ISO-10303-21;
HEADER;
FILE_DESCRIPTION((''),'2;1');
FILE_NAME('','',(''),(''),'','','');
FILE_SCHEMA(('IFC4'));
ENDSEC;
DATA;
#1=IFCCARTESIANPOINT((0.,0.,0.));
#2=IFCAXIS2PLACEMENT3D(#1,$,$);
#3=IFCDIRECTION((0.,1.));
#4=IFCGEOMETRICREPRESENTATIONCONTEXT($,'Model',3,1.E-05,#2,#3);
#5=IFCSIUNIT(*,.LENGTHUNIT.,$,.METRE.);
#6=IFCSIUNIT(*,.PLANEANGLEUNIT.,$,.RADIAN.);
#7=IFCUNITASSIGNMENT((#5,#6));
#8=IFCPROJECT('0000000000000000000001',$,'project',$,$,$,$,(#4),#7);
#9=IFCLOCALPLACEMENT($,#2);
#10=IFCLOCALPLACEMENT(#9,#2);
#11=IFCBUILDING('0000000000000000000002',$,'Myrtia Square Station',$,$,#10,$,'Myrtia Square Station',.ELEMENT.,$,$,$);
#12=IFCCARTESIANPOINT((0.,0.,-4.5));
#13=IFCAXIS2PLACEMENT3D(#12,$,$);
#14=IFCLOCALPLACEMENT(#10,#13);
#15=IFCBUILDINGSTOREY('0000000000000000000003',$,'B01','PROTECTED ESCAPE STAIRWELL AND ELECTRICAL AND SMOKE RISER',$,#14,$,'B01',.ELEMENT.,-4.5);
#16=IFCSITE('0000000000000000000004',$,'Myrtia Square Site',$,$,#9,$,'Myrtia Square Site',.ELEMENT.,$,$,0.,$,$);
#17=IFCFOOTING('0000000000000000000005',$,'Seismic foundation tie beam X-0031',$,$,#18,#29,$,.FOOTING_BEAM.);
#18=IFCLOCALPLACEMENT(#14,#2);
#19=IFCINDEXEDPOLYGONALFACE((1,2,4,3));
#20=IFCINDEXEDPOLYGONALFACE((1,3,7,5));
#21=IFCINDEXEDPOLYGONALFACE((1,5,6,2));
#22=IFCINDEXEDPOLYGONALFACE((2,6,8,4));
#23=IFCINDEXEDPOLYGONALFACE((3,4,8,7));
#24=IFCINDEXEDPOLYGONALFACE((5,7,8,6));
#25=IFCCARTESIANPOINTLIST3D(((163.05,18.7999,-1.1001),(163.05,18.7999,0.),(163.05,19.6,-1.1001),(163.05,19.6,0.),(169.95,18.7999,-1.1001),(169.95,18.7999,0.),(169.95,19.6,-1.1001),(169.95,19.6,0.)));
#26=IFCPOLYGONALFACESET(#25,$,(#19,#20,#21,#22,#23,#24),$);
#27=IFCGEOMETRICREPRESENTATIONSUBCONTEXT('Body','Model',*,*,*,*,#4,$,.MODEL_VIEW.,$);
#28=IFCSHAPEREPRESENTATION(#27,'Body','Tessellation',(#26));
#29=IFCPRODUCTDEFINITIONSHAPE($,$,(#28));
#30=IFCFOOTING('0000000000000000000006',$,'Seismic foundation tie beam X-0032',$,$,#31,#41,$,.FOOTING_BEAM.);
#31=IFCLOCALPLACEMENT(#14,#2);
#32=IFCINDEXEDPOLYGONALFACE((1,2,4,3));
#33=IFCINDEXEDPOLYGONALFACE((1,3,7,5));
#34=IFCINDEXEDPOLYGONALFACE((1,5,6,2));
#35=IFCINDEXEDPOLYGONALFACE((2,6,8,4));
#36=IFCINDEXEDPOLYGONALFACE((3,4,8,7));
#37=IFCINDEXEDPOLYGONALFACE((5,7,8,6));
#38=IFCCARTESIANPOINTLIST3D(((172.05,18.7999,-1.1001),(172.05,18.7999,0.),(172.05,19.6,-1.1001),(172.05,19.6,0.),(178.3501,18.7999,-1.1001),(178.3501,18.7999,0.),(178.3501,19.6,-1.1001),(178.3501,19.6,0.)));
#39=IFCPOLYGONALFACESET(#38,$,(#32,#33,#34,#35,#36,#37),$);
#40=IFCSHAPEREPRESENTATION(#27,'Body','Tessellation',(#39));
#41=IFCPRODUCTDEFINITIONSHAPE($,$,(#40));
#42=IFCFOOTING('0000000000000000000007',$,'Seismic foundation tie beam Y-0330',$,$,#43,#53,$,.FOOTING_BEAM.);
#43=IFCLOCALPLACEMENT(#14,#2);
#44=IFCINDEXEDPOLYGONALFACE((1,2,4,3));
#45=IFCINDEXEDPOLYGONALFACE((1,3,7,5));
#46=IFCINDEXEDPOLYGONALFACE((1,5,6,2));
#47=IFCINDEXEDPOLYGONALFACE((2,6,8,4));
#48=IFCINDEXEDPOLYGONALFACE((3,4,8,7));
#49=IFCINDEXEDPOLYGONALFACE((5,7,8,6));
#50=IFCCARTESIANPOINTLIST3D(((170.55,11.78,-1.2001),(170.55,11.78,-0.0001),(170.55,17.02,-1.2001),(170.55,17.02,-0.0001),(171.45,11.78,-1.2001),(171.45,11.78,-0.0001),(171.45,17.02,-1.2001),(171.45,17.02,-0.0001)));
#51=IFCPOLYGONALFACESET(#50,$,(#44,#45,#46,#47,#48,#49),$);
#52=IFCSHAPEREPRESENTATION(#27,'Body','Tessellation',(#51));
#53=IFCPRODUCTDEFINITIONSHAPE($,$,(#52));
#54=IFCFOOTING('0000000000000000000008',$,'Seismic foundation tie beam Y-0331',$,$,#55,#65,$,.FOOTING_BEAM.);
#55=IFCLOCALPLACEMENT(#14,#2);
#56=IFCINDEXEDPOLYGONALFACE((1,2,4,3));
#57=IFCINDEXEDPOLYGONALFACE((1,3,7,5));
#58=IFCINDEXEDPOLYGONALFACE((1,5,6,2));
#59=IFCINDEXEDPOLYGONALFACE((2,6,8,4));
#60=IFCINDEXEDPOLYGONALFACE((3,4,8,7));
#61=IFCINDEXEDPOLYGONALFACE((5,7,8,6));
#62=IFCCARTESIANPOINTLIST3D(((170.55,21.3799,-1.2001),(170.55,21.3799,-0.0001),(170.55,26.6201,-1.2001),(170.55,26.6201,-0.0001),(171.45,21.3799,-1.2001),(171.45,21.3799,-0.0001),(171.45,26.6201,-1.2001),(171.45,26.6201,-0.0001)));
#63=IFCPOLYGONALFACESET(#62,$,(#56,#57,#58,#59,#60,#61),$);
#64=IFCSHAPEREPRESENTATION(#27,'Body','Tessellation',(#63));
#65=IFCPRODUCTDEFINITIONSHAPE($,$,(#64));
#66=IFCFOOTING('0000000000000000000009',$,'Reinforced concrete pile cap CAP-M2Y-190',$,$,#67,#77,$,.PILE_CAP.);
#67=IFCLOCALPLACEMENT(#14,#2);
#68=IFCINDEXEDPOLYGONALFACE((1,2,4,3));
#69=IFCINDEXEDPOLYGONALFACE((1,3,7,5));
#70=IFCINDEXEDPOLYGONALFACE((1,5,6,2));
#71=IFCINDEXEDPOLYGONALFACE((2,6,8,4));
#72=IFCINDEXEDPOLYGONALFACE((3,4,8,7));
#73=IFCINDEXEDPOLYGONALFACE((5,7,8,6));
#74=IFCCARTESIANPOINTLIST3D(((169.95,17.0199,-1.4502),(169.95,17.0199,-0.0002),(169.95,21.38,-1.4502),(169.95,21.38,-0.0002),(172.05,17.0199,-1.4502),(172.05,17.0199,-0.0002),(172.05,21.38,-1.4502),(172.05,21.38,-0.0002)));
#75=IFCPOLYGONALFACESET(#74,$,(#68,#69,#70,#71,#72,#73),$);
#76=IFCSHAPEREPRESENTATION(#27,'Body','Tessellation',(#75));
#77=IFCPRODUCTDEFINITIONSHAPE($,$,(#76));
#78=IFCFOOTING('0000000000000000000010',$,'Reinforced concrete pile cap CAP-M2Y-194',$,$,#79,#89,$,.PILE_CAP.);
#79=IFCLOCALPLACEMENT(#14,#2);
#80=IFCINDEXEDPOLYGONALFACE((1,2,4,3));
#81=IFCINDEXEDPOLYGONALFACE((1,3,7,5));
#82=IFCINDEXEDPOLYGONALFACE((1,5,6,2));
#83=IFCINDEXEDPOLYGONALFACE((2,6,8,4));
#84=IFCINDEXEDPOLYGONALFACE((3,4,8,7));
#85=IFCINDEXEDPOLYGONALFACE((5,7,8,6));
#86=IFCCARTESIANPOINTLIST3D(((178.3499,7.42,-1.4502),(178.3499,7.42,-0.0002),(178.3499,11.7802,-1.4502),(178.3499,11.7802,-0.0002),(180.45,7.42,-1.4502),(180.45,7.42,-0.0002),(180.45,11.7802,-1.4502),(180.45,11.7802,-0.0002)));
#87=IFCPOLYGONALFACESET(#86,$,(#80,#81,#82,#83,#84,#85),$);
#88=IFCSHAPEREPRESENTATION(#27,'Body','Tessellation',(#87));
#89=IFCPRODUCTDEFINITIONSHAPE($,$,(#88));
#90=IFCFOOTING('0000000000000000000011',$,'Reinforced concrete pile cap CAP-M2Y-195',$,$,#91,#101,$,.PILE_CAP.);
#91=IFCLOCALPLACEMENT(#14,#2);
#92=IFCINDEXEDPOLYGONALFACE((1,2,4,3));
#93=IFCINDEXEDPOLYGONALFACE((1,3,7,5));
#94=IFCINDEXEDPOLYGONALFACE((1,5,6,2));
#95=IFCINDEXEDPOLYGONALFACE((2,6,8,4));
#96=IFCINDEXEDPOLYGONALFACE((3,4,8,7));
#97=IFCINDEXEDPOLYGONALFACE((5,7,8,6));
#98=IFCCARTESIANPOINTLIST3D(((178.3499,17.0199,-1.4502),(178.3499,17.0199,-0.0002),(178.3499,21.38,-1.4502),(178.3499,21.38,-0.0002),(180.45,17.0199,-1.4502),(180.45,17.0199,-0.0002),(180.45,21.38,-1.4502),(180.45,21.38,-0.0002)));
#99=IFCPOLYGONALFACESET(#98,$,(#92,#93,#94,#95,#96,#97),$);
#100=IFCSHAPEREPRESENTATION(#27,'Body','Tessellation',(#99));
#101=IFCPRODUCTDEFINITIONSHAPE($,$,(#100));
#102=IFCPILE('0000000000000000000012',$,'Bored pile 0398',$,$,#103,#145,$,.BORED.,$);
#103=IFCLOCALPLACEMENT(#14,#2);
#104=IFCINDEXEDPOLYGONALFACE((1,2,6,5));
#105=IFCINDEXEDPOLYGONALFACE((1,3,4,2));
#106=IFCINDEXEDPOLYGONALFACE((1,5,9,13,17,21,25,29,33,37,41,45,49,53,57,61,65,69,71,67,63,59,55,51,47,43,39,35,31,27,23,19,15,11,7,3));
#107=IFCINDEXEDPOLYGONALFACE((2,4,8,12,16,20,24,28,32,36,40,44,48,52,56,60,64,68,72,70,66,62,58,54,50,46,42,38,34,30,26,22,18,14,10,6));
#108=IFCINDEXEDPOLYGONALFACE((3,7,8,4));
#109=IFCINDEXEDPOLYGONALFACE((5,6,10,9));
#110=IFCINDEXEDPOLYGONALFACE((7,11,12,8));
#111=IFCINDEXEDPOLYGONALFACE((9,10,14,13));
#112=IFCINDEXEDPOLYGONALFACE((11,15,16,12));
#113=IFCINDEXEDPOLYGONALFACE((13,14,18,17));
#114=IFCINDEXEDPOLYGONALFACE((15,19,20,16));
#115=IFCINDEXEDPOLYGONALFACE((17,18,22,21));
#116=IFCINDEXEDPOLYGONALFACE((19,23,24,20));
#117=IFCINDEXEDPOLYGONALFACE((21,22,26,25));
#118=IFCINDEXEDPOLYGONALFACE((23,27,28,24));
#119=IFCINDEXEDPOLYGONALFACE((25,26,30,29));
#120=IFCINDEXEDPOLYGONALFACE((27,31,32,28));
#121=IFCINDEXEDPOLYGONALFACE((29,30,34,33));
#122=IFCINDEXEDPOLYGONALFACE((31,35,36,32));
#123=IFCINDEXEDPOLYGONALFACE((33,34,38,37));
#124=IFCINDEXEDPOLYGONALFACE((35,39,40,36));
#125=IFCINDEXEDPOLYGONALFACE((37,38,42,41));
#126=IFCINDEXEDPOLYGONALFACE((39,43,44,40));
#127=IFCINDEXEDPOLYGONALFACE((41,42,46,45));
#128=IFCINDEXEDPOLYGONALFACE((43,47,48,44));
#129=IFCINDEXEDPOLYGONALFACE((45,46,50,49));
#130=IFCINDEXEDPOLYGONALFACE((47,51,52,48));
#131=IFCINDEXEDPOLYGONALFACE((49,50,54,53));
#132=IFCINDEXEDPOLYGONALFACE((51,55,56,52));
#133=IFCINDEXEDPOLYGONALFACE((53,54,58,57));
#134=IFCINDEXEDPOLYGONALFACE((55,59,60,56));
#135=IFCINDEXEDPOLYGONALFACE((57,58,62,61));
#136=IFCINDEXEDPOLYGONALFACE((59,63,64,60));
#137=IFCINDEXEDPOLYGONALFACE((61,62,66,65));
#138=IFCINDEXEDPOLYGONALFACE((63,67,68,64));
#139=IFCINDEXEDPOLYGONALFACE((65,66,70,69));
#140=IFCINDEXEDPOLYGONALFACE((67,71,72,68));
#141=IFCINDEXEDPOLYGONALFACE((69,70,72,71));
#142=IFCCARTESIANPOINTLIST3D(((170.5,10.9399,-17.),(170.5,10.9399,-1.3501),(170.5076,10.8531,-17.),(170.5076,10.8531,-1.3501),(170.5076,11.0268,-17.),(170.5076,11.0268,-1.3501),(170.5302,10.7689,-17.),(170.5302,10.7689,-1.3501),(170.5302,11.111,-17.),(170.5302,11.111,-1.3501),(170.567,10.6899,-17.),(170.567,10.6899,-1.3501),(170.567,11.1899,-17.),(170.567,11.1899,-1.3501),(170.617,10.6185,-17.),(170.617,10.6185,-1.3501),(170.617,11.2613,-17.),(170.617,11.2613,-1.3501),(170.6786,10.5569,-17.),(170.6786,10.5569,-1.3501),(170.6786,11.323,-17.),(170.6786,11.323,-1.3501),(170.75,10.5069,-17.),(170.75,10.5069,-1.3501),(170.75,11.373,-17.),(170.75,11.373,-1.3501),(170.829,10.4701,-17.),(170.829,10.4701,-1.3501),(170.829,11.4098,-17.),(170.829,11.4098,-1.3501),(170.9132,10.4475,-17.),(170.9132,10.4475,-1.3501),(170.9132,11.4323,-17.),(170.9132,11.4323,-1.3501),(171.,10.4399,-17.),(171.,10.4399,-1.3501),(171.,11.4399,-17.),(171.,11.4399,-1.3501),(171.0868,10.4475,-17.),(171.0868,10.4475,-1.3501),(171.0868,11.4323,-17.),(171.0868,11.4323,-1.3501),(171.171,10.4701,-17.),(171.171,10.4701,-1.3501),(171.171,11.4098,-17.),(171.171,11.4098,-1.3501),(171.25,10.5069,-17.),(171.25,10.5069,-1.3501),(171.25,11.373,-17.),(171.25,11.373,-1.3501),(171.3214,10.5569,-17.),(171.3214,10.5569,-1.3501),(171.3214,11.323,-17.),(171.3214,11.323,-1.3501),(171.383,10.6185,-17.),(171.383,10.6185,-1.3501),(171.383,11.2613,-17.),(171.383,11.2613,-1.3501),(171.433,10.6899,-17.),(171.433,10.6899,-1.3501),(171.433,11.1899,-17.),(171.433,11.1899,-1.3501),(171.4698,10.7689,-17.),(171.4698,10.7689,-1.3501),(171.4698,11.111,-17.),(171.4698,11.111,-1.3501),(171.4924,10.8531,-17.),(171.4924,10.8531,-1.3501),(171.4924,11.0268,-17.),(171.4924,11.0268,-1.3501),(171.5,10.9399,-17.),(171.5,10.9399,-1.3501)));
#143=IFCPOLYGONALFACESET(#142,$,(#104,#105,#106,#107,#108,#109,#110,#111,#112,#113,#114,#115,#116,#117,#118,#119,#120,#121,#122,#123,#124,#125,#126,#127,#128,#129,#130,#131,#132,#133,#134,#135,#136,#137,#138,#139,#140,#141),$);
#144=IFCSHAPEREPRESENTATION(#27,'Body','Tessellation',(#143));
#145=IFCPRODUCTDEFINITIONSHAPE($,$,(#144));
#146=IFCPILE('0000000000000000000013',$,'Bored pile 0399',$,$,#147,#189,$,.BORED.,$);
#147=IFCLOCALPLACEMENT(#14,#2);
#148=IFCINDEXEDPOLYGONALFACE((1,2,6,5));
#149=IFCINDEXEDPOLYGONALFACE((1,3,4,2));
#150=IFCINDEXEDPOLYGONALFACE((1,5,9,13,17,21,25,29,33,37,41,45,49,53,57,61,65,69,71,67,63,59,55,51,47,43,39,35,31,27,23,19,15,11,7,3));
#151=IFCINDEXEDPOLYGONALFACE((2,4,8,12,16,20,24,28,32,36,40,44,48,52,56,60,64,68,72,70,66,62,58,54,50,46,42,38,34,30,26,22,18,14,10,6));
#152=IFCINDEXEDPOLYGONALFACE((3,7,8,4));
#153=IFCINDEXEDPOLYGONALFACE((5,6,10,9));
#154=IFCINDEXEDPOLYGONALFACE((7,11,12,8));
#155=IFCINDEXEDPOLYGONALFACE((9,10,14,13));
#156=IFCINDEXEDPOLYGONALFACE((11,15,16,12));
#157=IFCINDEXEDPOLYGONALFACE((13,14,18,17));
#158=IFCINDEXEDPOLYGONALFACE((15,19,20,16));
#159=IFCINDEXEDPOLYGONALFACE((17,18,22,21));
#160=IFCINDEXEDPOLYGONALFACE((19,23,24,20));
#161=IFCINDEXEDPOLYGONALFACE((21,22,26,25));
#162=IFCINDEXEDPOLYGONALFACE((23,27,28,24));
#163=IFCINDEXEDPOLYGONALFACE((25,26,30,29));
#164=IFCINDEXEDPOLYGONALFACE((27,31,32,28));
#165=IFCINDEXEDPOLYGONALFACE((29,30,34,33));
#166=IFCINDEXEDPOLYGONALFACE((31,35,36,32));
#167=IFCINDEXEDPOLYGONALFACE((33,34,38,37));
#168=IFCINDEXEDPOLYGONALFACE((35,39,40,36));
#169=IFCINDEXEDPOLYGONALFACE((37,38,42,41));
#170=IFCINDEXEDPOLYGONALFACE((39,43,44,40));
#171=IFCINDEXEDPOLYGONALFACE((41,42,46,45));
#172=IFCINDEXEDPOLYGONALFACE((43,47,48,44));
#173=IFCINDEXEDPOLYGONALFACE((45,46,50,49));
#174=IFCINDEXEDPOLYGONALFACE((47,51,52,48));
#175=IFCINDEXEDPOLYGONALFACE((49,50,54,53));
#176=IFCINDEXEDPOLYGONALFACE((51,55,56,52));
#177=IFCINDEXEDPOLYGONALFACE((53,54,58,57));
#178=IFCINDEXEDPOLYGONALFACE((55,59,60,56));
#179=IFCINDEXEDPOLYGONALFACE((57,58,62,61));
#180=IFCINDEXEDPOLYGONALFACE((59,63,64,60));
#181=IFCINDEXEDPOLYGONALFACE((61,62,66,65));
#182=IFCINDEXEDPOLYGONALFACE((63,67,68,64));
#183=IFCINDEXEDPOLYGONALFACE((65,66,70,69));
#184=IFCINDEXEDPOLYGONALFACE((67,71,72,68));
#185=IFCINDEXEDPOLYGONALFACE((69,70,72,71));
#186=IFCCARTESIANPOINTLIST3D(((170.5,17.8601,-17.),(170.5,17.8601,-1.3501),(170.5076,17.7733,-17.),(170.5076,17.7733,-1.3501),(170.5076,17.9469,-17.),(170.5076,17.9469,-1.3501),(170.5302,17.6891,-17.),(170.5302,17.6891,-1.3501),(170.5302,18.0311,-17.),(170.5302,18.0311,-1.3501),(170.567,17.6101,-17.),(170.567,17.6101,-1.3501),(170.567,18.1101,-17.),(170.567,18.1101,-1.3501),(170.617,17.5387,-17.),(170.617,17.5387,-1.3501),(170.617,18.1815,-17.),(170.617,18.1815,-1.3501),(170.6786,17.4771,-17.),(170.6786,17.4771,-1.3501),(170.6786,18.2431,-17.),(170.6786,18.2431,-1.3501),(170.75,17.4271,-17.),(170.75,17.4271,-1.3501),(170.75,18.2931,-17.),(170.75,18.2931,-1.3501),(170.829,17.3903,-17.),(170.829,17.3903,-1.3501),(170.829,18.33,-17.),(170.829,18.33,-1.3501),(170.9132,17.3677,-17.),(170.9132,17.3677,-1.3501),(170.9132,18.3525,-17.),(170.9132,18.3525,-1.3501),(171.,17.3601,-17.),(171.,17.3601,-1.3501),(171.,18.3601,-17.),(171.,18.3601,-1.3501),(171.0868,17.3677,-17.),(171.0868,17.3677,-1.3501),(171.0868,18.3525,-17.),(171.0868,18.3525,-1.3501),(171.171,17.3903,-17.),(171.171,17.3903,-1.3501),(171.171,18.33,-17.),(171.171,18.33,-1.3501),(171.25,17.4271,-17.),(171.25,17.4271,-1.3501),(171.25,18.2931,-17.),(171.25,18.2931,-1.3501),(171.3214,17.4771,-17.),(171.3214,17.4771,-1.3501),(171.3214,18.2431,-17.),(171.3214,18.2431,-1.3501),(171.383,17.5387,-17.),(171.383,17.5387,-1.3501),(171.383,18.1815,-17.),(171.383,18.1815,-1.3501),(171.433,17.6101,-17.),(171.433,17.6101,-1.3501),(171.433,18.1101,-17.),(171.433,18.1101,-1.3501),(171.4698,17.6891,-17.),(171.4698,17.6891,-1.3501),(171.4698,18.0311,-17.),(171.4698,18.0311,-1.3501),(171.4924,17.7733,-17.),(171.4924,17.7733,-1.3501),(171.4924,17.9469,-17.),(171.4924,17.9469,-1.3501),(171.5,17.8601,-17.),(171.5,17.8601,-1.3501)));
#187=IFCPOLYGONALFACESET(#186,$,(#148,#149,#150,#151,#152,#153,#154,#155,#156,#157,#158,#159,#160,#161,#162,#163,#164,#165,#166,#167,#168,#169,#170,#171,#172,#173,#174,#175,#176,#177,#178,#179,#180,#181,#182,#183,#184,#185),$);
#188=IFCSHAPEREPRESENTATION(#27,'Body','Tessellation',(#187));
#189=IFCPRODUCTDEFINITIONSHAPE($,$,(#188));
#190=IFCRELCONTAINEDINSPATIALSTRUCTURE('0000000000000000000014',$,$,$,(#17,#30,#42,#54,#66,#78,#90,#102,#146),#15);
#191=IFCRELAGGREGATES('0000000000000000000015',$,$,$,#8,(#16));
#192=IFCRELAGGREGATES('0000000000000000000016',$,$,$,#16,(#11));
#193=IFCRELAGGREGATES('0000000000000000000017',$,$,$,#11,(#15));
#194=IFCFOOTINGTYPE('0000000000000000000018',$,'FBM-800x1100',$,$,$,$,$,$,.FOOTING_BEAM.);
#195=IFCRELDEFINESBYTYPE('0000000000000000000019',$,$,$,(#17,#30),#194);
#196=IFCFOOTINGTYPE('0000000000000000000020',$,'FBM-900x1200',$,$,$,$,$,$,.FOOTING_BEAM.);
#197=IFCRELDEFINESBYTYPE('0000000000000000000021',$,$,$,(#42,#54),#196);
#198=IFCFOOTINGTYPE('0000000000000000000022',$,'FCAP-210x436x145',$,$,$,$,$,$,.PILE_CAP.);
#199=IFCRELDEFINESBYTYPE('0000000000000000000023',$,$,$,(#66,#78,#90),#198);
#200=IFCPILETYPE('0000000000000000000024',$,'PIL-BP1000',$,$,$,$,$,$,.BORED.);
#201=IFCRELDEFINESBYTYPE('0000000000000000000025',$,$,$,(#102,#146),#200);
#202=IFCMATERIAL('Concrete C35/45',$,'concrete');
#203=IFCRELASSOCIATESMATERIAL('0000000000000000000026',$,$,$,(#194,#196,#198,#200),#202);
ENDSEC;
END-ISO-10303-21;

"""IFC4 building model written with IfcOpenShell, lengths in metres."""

from ifc_helpers import new_model, si_unit, direction, frame, origin, origin_2d, place, context, subcontext, project, spatial, rectangle, circle, extrude, material, material_profile, profile_set, type_object, element, save


model = new_model("IFC4")

# Units and contexts
model_context = context("Model", 3, precision=1e-05, world=origin(), true_north=direction((0.0, 1.0)))
body_context = subcontext(model_context, "Body", "Model", "MODEL_VIEW")
ifc_project = project(units=[si_unit("LENGTHUNIT", "METRE"), si_unit("PLANEANGLEUNIT", "RADIAN")], contexts=[model_context])

# Site, building, storey
site_placement = place(None, origin())
site = spatial("IfcSite", under=ifc_project, at=site_placement, Name="Myrtia Square Site", LongName="Myrtia Square Site", CompositionType="ELEMENT", RefElevation=0.0)
building_placement = place(site_placement, origin())
building = spatial("IfcBuilding", under=site, at=building_placement, Name="Myrtia Square Station", LongName="Myrtia Square Station", CompositionType="ELEMENT")
storey_placement = place(building_placement, frame((0.0, 0.0, -4.5)))
storey = spatial("IfcBuildingStorey", under=building, at=storey_placement, Name="B01", Description="PROTECTED ESCAPE STAIRWELL AND ELECTRICAL AND SMOKE RISER", LongName="B01", CompositionType="ELEMENT", Elevation=-4.5)

# Footings
ifc_material_1 = material(Name="Concrete C35/45", Category="concrete")
ifc_material_profile_1 = material_profile(ifc_material_1, rectangle(XDim=0.8, YDim=1.1001, at=origin_2d()), Name="FB 800x1100")
ifc_profile_set_1 = profile_set([ifc_material_profile_1], Name="Concrete C35/45")
footing_type_1 = type_object("IfcFootingType", Name="FBM-800x1100", PredefinedType="FOOTING_BEAM", material=ifc_profile_set_1)
footing_1_placement = place(storey_placement, frame((163.05, 19.2, -0.55), z_axis=(1.0, 0.0, 0.0), x_axis=(0.0, 1.0, 0.0)))
element("IfcFooting", 1, at=footing_1_placement, inside=storey, type_object=footing_type_1, Name="Seismic foundation tie beam X-0031", PredefinedType="FOOTING_BEAM", context=body_context, shape_type="SweptSolid", body=[
    extrude(rectangle(XDim=0.8, YDim=1.1001, at=origin_2d()), origin(), (0.0, 0.0, 1.0), 6.8999),
])
footing_2_placement = place(storey_placement, frame((172.05, 19.2, -0.55), z_axis=(1.0, 0.0, 0.0), x_axis=(0.0, 1.0, 0.0)))
element("IfcFooting", 2, at=footing_2_placement, inside=storey, type_object=footing_type_1, Name="Seismic foundation tie beam X-0032", PredefinedType="FOOTING_BEAM", context=body_context, shape_type="SweptSolid", body=[
    extrude(rectangle(XDim=0.8, YDim=1.1001, at=origin_2d()), origin(), (0.0, 0.0, 1.0), 6.3),
])
ifc_material_profile_2 = material_profile(ifc_material_1, rectangle(XDim=0.8999, YDim=1.2, at=origin_2d()), Name="FB 900x1200")
ifc_profile_set_2 = profile_set([ifc_material_profile_2], Name="Concrete C35/45")
footing_type_2 = type_object("IfcFootingType", Name="FBM-900x1200", PredefinedType="FOOTING_BEAM", material=ifc_profile_set_2)
footing_3_placement = place(storey_placement, frame((171.0, 11.78, -0.6001), z_axis=(0.0, 1.0, 0.0), x_axis=(-1.0, 0.0, 0.0)))
element("IfcFooting", 3, at=footing_3_placement, inside=storey, type_object=footing_type_2, Name="Seismic foundation tie beam Y-0330", PredefinedType="FOOTING_BEAM", context=body_context, shape_type="SweptSolid", body=[
    extrude(rectangle(XDim=0.8999, YDim=1.2, at=origin_2d()), origin(), (0.0, 0.0, 1.0), 5.24),
])
footing_4_placement = place(storey_placement, frame((171.0, 21.3799, -0.6001), z_axis=(0.0, 1.0, 0.0), x_axis=(-1.0, 0.0, 0.0)))
element("IfcFooting", 4, at=footing_4_placement, inside=storey, type_object=footing_type_2, Name="Seismic foundation tie beam Y-0331", PredefinedType="FOOTING_BEAM", context=body_context, shape_type="SweptSolid", body=[
    extrude(rectangle(XDim=0.8999, YDim=1.2, at=origin_2d()), origin(), (0.0, 0.0, 1.0), 5.2402),
])
footing_type_3 = type_object("IfcFootingType", Name="FCAP-210x436x145", PredefinedType="PILE_CAP", material=ifc_material_1)
for number, where, z_axis, x_axis, name in (
    (5, (171.0, 19.2, -1.4502), (0.0, 0.0, 1.0), (1.0, 0.0, 0.0), "Reinforced concrete pile cap CAP-M2Y-190"),
    (6, (179.3999, 9.6001, -1.4502), (0.0, 0.0, 1.0), (1.0, 0.0, 0.0), "Reinforced concrete pile cap CAP-M2Y-194"),
    (7, (179.3999, 19.2, -1.4502), (0.0, 0.0, 1.0), (1.0, 0.0, 0.0), "Reinforced concrete pile cap CAP-M2Y-195"),
):
    element("IfcFooting", number, at=place(storey_placement, frame(where, z_axis=z_axis, x_axis=x_axis)), inside=storey, type_object=footing_type_3, Name=name, PredefinedType="PILE_CAP", context=body_context, shape_type="SweptSolid", body=[
        extrude(rectangle(XDim=2.1001, YDim=4.3601, at=origin_2d()), origin(), (0.0, 0.0, 1.0), 1.45),
    ])

# Piles
ifc_material_profile_3 = material_profile(ifc_material_1, circle(Radius=0.5, at=origin_2d()), Name="BP D1000")
ifc_profile_set_3 = profile_set([ifc_material_profile_3], Name="Concrete C35/45")
pile_type = type_object("IfcPileType", Name="PIL-BP1000", PredefinedType="BORED", material=ifc_profile_set_3)
for number, where, z_axis, x_axis, name in (
    (8, (171.0, 10.9399, -1.3501), (0.0, 0.0, -1.0), (1.0, 0.0, 0.0), "Bored pile 0398"),
    (9, (171.0, 17.8601, -1.3501), (0.0, 0.0, -1.0), (1.0, 0.0, 0.0), "Bored pile 0399"),
):
    element("IfcPile", number, at=place(storey_placement, frame(where, z_axis=z_axis, x_axis=x_axis)), inside=storey, type_object=pile_type, Name=name, PredefinedType="BORED", context=body_context, shape_type="SweptSolid", body=[
        extrude(circle(Radius=0.5, at=origin_2d()), origin(), (0.0, 0.0, 1.0), 15.6499),
    ])

save(model, "model.ifc")
